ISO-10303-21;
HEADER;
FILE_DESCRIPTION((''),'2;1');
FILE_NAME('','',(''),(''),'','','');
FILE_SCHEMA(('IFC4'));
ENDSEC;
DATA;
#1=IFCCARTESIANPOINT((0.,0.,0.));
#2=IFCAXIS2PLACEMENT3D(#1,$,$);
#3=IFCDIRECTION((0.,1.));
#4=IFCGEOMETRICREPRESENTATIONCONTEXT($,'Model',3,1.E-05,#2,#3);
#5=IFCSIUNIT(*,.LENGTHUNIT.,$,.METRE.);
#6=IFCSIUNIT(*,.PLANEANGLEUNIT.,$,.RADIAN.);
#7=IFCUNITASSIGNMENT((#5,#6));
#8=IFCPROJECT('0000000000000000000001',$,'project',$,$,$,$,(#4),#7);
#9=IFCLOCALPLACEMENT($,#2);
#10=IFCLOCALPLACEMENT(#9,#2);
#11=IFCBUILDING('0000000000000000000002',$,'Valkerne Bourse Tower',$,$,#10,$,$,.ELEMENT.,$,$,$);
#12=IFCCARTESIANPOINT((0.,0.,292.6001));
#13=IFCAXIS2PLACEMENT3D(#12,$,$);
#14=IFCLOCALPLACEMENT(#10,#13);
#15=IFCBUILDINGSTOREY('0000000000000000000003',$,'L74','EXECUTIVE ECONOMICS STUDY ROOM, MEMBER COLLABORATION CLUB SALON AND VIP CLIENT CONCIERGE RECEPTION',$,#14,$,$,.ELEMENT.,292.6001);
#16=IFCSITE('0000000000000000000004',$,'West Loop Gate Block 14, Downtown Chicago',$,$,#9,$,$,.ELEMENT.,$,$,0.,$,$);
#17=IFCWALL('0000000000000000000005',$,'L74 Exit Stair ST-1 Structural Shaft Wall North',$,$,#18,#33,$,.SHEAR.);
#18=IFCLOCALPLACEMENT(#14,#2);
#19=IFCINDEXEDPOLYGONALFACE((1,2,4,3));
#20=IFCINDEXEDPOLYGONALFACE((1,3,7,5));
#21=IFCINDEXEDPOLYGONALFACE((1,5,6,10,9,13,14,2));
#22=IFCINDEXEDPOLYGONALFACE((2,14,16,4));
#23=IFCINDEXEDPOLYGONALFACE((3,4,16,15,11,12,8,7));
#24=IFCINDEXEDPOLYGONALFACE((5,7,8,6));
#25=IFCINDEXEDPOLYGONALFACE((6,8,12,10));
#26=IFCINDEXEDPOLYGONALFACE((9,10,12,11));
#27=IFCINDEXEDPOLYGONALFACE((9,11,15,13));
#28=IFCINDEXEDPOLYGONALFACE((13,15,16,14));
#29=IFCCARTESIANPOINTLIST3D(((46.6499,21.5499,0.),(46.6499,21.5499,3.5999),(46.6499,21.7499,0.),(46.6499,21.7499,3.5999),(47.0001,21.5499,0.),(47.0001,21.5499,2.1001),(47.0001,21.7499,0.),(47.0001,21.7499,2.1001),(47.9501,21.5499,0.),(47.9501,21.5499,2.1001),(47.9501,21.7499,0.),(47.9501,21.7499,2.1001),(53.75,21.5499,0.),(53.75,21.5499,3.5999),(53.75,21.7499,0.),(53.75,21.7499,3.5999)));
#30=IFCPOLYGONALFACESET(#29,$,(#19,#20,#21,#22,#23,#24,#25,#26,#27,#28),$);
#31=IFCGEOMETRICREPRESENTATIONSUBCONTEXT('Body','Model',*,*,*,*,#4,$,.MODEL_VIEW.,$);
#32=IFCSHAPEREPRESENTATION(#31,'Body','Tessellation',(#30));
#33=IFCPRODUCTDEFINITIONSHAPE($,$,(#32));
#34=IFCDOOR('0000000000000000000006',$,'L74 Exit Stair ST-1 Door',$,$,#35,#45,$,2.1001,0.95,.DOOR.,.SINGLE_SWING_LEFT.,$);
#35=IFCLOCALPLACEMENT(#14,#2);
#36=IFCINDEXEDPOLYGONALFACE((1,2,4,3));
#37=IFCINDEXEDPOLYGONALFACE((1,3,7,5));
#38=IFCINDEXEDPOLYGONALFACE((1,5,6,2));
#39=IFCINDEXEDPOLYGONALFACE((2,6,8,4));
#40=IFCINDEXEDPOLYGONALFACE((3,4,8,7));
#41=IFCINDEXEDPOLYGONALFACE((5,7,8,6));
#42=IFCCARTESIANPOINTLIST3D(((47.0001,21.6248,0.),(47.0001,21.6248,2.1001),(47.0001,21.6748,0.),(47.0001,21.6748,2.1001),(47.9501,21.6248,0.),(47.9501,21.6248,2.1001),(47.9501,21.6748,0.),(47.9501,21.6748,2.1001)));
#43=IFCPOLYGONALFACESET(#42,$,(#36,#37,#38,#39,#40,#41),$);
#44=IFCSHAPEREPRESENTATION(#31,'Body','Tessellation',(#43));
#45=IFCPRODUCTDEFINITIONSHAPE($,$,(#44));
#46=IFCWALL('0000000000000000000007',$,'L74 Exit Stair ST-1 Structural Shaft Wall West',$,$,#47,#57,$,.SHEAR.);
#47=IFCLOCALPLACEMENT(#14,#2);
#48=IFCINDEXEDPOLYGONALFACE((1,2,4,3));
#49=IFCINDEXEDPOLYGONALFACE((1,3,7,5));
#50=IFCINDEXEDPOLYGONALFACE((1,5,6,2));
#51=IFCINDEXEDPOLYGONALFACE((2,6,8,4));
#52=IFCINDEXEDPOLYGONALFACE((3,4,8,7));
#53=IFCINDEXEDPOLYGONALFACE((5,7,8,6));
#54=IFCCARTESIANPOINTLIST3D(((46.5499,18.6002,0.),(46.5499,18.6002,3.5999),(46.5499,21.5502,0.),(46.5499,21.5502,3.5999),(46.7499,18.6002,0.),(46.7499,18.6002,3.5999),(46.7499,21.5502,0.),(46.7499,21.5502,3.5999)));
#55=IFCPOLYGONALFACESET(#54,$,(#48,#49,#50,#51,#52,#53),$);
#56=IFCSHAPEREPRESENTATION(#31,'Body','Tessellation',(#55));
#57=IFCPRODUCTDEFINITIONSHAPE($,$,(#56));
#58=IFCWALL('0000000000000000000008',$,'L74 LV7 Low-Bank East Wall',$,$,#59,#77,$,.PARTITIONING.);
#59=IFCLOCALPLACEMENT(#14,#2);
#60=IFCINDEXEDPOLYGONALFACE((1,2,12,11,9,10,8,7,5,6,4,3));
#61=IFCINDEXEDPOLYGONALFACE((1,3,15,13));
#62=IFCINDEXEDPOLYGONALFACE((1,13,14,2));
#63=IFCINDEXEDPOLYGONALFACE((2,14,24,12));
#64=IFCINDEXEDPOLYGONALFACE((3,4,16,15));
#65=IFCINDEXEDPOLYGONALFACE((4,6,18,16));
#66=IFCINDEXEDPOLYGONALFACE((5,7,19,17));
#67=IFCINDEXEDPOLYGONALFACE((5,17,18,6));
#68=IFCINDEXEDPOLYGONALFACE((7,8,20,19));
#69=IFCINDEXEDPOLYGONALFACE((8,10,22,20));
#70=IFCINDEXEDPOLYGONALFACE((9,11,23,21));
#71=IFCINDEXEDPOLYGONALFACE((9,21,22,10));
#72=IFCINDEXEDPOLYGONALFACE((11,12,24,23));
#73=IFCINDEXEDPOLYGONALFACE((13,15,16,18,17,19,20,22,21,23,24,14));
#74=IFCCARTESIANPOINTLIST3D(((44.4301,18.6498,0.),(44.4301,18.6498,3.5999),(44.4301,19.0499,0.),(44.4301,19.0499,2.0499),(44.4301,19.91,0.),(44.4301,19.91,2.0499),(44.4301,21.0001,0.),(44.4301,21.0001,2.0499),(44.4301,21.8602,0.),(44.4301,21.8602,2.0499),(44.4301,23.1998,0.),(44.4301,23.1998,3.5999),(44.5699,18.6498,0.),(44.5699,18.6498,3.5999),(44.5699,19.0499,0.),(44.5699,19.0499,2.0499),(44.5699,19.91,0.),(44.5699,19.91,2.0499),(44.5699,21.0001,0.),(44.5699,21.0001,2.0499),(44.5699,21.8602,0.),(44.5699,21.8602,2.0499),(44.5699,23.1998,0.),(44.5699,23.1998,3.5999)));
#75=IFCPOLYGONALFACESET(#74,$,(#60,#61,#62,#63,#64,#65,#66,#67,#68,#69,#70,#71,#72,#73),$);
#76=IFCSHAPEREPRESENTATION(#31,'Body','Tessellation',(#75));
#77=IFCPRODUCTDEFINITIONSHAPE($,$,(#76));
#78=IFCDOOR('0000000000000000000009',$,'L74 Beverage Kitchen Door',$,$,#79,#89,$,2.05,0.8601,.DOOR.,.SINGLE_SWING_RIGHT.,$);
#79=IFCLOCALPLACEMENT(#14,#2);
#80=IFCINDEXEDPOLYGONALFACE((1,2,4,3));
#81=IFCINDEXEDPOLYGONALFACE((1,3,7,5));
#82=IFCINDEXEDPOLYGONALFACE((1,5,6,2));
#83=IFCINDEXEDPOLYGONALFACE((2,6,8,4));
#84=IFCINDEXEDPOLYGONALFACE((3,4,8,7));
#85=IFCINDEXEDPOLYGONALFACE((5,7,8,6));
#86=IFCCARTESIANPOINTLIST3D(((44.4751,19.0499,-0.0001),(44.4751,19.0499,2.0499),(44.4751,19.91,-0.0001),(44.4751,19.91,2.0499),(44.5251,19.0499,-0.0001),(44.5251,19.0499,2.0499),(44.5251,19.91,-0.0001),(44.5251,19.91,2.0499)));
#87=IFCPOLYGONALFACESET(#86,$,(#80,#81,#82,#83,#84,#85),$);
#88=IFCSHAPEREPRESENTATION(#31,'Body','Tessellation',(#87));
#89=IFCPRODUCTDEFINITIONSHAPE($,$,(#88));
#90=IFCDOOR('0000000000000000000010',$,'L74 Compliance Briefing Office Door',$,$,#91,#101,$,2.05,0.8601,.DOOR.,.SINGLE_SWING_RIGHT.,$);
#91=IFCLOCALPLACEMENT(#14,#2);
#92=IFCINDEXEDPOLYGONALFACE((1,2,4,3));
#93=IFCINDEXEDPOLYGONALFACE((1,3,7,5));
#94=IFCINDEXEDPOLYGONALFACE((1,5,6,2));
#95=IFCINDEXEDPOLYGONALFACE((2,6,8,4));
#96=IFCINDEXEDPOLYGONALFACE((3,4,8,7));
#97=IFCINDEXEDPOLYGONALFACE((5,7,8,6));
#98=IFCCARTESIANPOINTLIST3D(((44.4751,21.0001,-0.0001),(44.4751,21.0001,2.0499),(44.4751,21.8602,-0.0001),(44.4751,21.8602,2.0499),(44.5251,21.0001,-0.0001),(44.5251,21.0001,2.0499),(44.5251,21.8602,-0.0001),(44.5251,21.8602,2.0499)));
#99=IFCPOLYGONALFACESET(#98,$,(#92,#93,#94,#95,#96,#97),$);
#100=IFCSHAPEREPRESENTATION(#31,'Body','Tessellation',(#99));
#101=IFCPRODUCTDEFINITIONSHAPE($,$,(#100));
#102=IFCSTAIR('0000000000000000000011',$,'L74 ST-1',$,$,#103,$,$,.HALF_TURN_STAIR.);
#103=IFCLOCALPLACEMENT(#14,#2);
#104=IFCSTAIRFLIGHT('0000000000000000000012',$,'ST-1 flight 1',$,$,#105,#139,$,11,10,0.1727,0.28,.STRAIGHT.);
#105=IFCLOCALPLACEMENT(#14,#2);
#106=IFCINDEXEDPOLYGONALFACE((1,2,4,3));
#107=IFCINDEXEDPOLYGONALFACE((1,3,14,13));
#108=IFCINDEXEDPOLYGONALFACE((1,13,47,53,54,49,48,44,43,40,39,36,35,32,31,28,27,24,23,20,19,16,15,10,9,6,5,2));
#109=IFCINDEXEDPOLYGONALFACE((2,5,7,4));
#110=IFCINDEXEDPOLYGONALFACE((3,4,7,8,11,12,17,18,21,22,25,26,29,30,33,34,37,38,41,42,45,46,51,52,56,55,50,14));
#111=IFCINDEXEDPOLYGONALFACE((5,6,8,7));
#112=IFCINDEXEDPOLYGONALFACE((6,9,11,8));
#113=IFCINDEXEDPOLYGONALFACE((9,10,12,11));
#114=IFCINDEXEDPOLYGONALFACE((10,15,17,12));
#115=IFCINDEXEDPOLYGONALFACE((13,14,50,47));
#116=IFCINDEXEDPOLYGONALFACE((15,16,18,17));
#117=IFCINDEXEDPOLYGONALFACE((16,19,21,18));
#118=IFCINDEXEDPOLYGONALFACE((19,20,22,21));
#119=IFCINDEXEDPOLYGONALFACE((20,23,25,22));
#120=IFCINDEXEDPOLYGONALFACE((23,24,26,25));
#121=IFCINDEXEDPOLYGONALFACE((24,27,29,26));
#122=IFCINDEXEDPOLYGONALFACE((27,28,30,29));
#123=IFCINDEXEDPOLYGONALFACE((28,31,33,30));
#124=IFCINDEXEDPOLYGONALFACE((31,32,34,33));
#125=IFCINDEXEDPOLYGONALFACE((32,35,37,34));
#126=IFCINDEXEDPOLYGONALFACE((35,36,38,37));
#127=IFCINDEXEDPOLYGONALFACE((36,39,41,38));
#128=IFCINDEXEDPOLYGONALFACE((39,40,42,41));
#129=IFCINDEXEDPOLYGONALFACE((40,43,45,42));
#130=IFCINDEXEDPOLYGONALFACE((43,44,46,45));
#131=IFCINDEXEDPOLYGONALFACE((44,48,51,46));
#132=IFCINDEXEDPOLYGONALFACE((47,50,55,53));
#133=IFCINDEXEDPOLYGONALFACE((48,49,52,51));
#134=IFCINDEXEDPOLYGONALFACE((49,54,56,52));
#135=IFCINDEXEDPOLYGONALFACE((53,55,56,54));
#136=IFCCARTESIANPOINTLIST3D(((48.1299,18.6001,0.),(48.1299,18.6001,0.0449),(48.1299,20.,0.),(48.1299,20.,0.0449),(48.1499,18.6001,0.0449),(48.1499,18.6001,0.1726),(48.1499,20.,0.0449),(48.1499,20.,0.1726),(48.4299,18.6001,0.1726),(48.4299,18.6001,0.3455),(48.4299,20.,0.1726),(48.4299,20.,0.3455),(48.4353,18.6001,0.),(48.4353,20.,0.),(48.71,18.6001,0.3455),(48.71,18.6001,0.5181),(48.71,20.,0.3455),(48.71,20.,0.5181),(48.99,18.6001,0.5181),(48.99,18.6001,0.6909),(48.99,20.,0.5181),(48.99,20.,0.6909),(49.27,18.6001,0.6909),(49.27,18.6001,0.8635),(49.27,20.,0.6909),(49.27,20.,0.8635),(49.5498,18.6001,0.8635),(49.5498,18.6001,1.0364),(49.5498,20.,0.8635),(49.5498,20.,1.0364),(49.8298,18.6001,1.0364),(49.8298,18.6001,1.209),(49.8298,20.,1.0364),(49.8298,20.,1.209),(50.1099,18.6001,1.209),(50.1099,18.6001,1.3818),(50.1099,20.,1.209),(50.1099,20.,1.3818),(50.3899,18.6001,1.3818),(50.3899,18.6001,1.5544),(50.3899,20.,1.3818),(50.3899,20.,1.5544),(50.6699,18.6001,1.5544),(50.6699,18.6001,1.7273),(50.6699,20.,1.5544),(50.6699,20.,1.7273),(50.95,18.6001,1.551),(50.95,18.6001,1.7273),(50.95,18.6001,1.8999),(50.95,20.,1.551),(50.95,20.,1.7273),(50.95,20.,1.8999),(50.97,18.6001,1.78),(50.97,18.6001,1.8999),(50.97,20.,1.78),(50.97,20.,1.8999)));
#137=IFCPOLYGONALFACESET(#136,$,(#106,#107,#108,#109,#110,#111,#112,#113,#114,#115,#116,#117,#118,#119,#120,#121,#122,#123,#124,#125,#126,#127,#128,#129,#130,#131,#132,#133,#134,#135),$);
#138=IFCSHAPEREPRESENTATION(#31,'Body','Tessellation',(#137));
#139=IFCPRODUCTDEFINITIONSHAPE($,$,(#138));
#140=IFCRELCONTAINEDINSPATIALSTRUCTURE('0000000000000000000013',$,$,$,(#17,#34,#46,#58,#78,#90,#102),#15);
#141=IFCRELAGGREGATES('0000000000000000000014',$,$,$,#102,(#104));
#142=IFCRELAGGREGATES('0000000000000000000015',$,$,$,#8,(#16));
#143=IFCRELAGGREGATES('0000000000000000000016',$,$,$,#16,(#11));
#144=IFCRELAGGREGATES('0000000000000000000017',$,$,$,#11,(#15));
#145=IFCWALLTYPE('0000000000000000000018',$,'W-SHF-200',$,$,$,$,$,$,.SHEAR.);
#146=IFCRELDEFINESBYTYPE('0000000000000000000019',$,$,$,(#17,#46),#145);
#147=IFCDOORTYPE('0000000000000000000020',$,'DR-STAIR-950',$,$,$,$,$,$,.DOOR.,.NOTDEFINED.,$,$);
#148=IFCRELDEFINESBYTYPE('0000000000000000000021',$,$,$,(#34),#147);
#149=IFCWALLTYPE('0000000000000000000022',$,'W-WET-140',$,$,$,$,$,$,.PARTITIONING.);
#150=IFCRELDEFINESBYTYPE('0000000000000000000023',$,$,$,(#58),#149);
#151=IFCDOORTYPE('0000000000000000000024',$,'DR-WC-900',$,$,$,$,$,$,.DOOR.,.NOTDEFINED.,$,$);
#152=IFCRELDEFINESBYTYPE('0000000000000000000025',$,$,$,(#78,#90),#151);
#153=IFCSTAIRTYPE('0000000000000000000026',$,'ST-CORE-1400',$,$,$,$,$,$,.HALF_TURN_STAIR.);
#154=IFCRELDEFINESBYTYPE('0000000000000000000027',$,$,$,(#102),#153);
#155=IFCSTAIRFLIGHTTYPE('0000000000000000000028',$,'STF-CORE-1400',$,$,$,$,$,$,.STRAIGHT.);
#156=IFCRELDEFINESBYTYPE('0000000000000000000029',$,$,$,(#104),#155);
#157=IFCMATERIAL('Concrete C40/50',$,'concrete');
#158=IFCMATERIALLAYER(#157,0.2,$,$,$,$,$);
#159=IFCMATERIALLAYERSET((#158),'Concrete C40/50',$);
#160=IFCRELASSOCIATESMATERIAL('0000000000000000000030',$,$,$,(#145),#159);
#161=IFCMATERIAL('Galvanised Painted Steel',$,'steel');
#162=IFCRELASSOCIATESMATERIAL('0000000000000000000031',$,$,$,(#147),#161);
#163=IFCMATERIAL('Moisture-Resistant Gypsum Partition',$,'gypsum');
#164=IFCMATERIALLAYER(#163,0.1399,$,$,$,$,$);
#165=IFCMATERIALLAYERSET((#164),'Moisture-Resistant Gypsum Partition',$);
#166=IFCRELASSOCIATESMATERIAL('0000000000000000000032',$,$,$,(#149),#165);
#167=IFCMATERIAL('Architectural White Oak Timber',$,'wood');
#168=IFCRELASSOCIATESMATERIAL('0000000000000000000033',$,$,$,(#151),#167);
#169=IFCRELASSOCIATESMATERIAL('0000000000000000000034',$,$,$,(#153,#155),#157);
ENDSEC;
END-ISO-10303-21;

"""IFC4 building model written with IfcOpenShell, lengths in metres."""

from ifc_helpers import new_model, si_unit, direction, frame, frame_2d, origin, place, context, subcontext, project, spatial, polyline, rectangle, outline, extrude, material, layer, layer_set, type_object, element, fill, aggregate, save


model = new_model("IFC4")

# Units and contexts
model_context = context("Model", 3, precision=1e-05, world=origin(), true_north=direction((0.0, 1.0)))
body_context = subcontext(model_context, "Body", "Model", "MODEL_VIEW")
ifc_project = project(units=[si_unit("LENGTHUNIT", "METRE"), si_unit("PLANEANGLEUNIT", "RADIAN")], contexts=[model_context])

# Site, building, storey
site_placement = place(None, origin())
site = spatial("IfcSite", under=ifc_project, at=site_placement, Name="West Loop Gate Block 14, Downtown Chicago", CompositionType="ELEMENT", RefElevation=0.0)
building_placement = place(site_placement, origin())
building = spatial("IfcBuilding", under=site, at=building_placement, Name="Valkerne Bourse Tower", CompositionType="ELEMENT")
storey_placement = place(building_placement, frame((0.0, 0.0, 292.6001)))
storey = spatial("IfcBuildingStorey", under=building, at=storey_placement, Name="L74", Description="EXECUTIVE ECONOMICS STUDY ROOM, MEMBER COLLABORATION CLUB SALON AND VIP CLIENT CONCIERGE RECEPTION", CompositionType="ELEMENT", Elevation=292.6001)

# Shared definitions
ifc_material_1 = material(Name="Galvanised Painted Steel", Category="steel")

# Wall, opening, door
ifc_material_2 = material(Name="Concrete C40/50", Category="concrete")
ifc_layer_1 = layer(ifc_material_2, 0.2)
ifc_layer_set_1 = layer_set([ifc_layer_1], Name="Concrete C40/50")
wall_type_1 = type_object("IfcWallType", Name="W-SHF-200", PredefinedType="SHEAR", material=ifc_layer_set_1)
wall_1_placement = place(storey_placement, frame((46.6499, 21.6499, 0.0), z_axis=(0.0, 0.0, 1.0), x_axis=(1.0, 0.0, 0.0)))
wall_1 = element("IfcWall", 1, at=wall_1_placement, inside=storey, type_object=wall_type_1, Name="L74 Exit Stair ST-1 Structural Shaft Wall North", PredefinedType="SHEAR", context=body_context, shape_type="SweptSolid", body=[
    extrude(rectangle(XDim=7.1001, YDim=0.2, at=frame_2d((3.55, 0.0))), origin(), (0.0, 0.0, 1.0), 3.5999),
])
opening_1_placement = place(wall_1_placement, frame((0.3501, 0.0, 0.0)))
opening_1 = element("IfcOpeningElement", 2, at=opening_1_placement, cuts=wall_1, PredefinedType="OPENING", context=body_context, shape_type="SweptSolid", body=[
    extrude(rectangle(XDim=0.95, YDim=2.1001, at=frame_2d((0.4751, 1.05))), frame((0.0, 0.1099, 0.0), z_axis=(0.0, -1.0, 0.0), x_axis=(1.0, 0.0, 0.0)), (0.0, 0.0, 1.0), 0.22),
])
door_type_1 = type_object("IfcDoorType", Name="DR-STAIR-950", OperationType="NOTDEFINED", PredefinedType="DOOR", material=ifc_material_1)
door_1_placement = place(opening_1_placement, origin())
door_1 = element("IfcDoor", 3, at=door_1_placement, inside=storey, type_object=door_type_1, Name="L74 Exit Stair ST-1 Door", OperationType="SINGLE_SWING_LEFT", OverallHeight=2.1001, OverallWidth=0.95, PredefinedType="DOOR", context=body_context, shape_type="SweptSolid", body=[
    extrude(rectangle(XDim=0.95, YDim=2.1001, at=frame_2d((0.4751, 1.05))), frame((0.0, 0.0249, 0.0), z_axis=(0.0, -1.0, 0.0), x_axis=(1.0, 0.0, 0.0)), (0.0, 0.0, 1.0), 0.05),
])
fill(opening_1, door_1)

# Wall
wall_2_placement = place(storey_placement, frame((46.6499, 18.6001, 0.0), z_axis=(0.0, 0.0, 1.0), x_axis=(0.0, 1.0, 0.0)))
element("IfcWall", 4, at=wall_2_placement, inside=storey, type_object=wall_type_1, Name="L74 Exit Stair ST-1 Structural Shaft Wall West", PredefinedType="SHEAR", context=body_context, shape_type="SweptSolid", body=[
    extrude(rectangle(XDim=2.95, YDim=0.2, at=frame_2d((1.4751, 0.0))), origin(), (0.0, 0.0, 1.0), 3.5999),
])

# Wall, openings, doors
ifc_material_3 = material(Name="Moisture-Resistant Gypsum Partition", Category="gypsum")
ifc_layer_2 = layer(ifc_material_3, 0.1399)
ifc_layer_set_2 = layer_set([ifc_layer_2], Name="Moisture-Resistant Gypsum Partition")
wall_type_2 = type_object("IfcWallType", Name="W-WET-140", PredefinedType="PARTITIONING", material=ifc_layer_set_2)
wall_3_placement = place(storey_placement, frame((44.5, 18.6499, 0.0), z_axis=(0.0, 0.0, 1.0), x_axis=(0.0, 1.0, 0.0)))
wall_3 = element("IfcWall", 5, at=wall_3_placement, inside=storey, type_object=wall_type_2, Name="L74 LV7 Low-Bank East Wall", PredefinedType="PARTITIONING", context=body_context, shape_type="SweptSolid", body=[
    extrude(rectangle(XDim=4.55, YDim=0.1399, at=frame_2d((2.2749, 0.0))), origin(), (0.0, 0.0, 1.0), 3.5999),
])
opening_2_placement = place(wall_3_placement, frame((0.3999, 0.0, 0.0)))
opening_2 = element("IfcOpeningElement", 6, at=opening_2_placement, cuts=wall_3, PredefinedType="OPENING", context=body_context, shape_type="SweptSolid", body=[
    extrude(rectangle(XDim=0.8601, YDim=2.05, at=frame_2d((0.4302, 1.0249))), frame((0.0, 0.0798, 0.0), z_axis=(0.0, -1.0, 0.0), x_axis=(1.0, 0.0, 0.0)), (0.0, 0.0, 1.0), 0.1599),
])
opening_3_placement = place(wall_3_placement, frame((2.3501, 0.0, 0.0)))
opening_3 = element("IfcOpeningElement", 7, at=opening_3_placement, cuts=wall_3, PredefinedType="OPENING", context=body_context, shape_type="SweptSolid", body=[
    extrude(rectangle(XDim=0.8601, YDim=2.05, at=frame_2d((0.4302, 1.0249))), frame((0.0, 0.0798, 0.0), z_axis=(0.0, -1.0, 0.0), x_axis=(1.0, 0.0, 0.0)), (0.0, 0.0, 1.0), 0.1599),
])
ifc_material_4 = material(Name="Architectural White Oak Timber", Category="wood")
door_type_2 = type_object("IfcDoorType", Name="DR-WC-900", OperationType="NOTDEFINED", PredefinedType="DOOR", material=ifc_material_4)
door_2_placement = place(opening_2_placement, origin())
door_2 = element("IfcDoor", 8, at=door_2_placement, inside=storey, type_object=door_type_2, Name="L74 Beverage Kitchen Door", OperationType="SINGLE_SWING_RIGHT", OverallHeight=2.05, OverallWidth=0.8601, PredefinedType="DOOR", context=body_context, shape_type="SweptSolid", body=[
    extrude(rectangle(XDim=0.8601, YDim=2.05, at=frame_2d((0.4302, 1.0249))), frame((0.0, 0.0249, 0.0), z_axis=(0.0, -1.0, 0.0), x_axis=(1.0, 0.0, 0.0)), (0.0, 0.0, 1.0), 0.05),
])
fill(opening_2, door_2)
door_3_placement = place(opening_3_placement, origin())
door_3 = element("IfcDoor", 9, at=door_3_placement, inside=storey, type_object=door_type_2, Name="L74 Compliance Briefing Office Door", OperationType="SINGLE_SWING_RIGHT", OverallHeight=2.05, OverallWidth=0.8601, PredefinedType="DOOR", context=body_context, shape_type="SweptSolid", body=[
    extrude(rectangle(XDim=0.8601, YDim=2.05, at=frame_2d((0.4302, 1.0249))), frame((0.0, 0.0249, 0.0), z_axis=(0.0, -1.0, 0.0), x_axis=(1.0, 0.0, 0.0)), (0.0, 0.0, 1.0), 0.05),
])
fill(opening_3, door_3)

# Stair, stair flight
stair_type = type_object("IfcStairType", Name="ST-CORE-1400", PredefinedType="HALF_TURN_STAIR", material=ifc_material_2)
stair_placement = place(storey_placement, origin())
stair = element("IfcStair", 10, at=stair_placement, inside=storey, type_object=stair_type, Name="L74 ST-1", PredefinedType="HALF_TURN_STAIR")
stair_flight_type = type_object("IfcStairFlightType", Name="STF-CORE-1400", PredefinedType="STRAIGHT", material=ifc_material_2)
stair_flight_1_placement = place(storey_placement, frame((48.1499, 19.3, 0.0), z_axis=(0.0, 0.0, 1.0), x_axis=(1.0, 0.0, 0.0)))
stair_flight_1 = element("IfcStairFlight", 11, at=stair_flight_1_placement, type_object=stair_flight_type, Name="ST-1 flight 1", NumberOfRisers=11, NumberOfTreads=10, PredefinedType="STRAIGHT", RiserHeight=0.1727, TreadLength=0.28, context=body_context, shape_type="SweptSolid", body=[
    extrude(outline(polyline([(-0.02, 0.0), (-0.02, 0.0449), (0.0, 0.0449), (0.0, 0.1726), (0.28, 0.1726), (0.28, 0.3455), (0.5601, 0.3455), (0.5601, 0.5181), (0.8401, 0.5181), (0.8401, 0.6909), (1.1201, 0.6909), (1.1201, 0.8635), (1.3999, 0.8635), (1.3999, 1.0364), (1.6799, 1.0364), (1.6799, 1.209), (1.96, 1.209), (1.96, 1.3818), (2.24, 1.3818), (2.24, 1.5544), (2.52, 1.5544), (2.52, 1.7273), (2.8, 1.7273), (2.8, 1.8999), (2.8201, 1.8999), (2.8201, 1.78), (2.8, 1.551), (0.2854, 0.0), (-0.02, 0.0)])), frame((0.0, 0.7, 0.0), z_axis=(0.0, -1.0, 0.0), x_axis=(1.0, 0.0, 0.0)), (0.0, 0.0, 1.0), 1.3999),
])
aggregate(stair, [stair_flight_1])

save(model, "model.ifc")
